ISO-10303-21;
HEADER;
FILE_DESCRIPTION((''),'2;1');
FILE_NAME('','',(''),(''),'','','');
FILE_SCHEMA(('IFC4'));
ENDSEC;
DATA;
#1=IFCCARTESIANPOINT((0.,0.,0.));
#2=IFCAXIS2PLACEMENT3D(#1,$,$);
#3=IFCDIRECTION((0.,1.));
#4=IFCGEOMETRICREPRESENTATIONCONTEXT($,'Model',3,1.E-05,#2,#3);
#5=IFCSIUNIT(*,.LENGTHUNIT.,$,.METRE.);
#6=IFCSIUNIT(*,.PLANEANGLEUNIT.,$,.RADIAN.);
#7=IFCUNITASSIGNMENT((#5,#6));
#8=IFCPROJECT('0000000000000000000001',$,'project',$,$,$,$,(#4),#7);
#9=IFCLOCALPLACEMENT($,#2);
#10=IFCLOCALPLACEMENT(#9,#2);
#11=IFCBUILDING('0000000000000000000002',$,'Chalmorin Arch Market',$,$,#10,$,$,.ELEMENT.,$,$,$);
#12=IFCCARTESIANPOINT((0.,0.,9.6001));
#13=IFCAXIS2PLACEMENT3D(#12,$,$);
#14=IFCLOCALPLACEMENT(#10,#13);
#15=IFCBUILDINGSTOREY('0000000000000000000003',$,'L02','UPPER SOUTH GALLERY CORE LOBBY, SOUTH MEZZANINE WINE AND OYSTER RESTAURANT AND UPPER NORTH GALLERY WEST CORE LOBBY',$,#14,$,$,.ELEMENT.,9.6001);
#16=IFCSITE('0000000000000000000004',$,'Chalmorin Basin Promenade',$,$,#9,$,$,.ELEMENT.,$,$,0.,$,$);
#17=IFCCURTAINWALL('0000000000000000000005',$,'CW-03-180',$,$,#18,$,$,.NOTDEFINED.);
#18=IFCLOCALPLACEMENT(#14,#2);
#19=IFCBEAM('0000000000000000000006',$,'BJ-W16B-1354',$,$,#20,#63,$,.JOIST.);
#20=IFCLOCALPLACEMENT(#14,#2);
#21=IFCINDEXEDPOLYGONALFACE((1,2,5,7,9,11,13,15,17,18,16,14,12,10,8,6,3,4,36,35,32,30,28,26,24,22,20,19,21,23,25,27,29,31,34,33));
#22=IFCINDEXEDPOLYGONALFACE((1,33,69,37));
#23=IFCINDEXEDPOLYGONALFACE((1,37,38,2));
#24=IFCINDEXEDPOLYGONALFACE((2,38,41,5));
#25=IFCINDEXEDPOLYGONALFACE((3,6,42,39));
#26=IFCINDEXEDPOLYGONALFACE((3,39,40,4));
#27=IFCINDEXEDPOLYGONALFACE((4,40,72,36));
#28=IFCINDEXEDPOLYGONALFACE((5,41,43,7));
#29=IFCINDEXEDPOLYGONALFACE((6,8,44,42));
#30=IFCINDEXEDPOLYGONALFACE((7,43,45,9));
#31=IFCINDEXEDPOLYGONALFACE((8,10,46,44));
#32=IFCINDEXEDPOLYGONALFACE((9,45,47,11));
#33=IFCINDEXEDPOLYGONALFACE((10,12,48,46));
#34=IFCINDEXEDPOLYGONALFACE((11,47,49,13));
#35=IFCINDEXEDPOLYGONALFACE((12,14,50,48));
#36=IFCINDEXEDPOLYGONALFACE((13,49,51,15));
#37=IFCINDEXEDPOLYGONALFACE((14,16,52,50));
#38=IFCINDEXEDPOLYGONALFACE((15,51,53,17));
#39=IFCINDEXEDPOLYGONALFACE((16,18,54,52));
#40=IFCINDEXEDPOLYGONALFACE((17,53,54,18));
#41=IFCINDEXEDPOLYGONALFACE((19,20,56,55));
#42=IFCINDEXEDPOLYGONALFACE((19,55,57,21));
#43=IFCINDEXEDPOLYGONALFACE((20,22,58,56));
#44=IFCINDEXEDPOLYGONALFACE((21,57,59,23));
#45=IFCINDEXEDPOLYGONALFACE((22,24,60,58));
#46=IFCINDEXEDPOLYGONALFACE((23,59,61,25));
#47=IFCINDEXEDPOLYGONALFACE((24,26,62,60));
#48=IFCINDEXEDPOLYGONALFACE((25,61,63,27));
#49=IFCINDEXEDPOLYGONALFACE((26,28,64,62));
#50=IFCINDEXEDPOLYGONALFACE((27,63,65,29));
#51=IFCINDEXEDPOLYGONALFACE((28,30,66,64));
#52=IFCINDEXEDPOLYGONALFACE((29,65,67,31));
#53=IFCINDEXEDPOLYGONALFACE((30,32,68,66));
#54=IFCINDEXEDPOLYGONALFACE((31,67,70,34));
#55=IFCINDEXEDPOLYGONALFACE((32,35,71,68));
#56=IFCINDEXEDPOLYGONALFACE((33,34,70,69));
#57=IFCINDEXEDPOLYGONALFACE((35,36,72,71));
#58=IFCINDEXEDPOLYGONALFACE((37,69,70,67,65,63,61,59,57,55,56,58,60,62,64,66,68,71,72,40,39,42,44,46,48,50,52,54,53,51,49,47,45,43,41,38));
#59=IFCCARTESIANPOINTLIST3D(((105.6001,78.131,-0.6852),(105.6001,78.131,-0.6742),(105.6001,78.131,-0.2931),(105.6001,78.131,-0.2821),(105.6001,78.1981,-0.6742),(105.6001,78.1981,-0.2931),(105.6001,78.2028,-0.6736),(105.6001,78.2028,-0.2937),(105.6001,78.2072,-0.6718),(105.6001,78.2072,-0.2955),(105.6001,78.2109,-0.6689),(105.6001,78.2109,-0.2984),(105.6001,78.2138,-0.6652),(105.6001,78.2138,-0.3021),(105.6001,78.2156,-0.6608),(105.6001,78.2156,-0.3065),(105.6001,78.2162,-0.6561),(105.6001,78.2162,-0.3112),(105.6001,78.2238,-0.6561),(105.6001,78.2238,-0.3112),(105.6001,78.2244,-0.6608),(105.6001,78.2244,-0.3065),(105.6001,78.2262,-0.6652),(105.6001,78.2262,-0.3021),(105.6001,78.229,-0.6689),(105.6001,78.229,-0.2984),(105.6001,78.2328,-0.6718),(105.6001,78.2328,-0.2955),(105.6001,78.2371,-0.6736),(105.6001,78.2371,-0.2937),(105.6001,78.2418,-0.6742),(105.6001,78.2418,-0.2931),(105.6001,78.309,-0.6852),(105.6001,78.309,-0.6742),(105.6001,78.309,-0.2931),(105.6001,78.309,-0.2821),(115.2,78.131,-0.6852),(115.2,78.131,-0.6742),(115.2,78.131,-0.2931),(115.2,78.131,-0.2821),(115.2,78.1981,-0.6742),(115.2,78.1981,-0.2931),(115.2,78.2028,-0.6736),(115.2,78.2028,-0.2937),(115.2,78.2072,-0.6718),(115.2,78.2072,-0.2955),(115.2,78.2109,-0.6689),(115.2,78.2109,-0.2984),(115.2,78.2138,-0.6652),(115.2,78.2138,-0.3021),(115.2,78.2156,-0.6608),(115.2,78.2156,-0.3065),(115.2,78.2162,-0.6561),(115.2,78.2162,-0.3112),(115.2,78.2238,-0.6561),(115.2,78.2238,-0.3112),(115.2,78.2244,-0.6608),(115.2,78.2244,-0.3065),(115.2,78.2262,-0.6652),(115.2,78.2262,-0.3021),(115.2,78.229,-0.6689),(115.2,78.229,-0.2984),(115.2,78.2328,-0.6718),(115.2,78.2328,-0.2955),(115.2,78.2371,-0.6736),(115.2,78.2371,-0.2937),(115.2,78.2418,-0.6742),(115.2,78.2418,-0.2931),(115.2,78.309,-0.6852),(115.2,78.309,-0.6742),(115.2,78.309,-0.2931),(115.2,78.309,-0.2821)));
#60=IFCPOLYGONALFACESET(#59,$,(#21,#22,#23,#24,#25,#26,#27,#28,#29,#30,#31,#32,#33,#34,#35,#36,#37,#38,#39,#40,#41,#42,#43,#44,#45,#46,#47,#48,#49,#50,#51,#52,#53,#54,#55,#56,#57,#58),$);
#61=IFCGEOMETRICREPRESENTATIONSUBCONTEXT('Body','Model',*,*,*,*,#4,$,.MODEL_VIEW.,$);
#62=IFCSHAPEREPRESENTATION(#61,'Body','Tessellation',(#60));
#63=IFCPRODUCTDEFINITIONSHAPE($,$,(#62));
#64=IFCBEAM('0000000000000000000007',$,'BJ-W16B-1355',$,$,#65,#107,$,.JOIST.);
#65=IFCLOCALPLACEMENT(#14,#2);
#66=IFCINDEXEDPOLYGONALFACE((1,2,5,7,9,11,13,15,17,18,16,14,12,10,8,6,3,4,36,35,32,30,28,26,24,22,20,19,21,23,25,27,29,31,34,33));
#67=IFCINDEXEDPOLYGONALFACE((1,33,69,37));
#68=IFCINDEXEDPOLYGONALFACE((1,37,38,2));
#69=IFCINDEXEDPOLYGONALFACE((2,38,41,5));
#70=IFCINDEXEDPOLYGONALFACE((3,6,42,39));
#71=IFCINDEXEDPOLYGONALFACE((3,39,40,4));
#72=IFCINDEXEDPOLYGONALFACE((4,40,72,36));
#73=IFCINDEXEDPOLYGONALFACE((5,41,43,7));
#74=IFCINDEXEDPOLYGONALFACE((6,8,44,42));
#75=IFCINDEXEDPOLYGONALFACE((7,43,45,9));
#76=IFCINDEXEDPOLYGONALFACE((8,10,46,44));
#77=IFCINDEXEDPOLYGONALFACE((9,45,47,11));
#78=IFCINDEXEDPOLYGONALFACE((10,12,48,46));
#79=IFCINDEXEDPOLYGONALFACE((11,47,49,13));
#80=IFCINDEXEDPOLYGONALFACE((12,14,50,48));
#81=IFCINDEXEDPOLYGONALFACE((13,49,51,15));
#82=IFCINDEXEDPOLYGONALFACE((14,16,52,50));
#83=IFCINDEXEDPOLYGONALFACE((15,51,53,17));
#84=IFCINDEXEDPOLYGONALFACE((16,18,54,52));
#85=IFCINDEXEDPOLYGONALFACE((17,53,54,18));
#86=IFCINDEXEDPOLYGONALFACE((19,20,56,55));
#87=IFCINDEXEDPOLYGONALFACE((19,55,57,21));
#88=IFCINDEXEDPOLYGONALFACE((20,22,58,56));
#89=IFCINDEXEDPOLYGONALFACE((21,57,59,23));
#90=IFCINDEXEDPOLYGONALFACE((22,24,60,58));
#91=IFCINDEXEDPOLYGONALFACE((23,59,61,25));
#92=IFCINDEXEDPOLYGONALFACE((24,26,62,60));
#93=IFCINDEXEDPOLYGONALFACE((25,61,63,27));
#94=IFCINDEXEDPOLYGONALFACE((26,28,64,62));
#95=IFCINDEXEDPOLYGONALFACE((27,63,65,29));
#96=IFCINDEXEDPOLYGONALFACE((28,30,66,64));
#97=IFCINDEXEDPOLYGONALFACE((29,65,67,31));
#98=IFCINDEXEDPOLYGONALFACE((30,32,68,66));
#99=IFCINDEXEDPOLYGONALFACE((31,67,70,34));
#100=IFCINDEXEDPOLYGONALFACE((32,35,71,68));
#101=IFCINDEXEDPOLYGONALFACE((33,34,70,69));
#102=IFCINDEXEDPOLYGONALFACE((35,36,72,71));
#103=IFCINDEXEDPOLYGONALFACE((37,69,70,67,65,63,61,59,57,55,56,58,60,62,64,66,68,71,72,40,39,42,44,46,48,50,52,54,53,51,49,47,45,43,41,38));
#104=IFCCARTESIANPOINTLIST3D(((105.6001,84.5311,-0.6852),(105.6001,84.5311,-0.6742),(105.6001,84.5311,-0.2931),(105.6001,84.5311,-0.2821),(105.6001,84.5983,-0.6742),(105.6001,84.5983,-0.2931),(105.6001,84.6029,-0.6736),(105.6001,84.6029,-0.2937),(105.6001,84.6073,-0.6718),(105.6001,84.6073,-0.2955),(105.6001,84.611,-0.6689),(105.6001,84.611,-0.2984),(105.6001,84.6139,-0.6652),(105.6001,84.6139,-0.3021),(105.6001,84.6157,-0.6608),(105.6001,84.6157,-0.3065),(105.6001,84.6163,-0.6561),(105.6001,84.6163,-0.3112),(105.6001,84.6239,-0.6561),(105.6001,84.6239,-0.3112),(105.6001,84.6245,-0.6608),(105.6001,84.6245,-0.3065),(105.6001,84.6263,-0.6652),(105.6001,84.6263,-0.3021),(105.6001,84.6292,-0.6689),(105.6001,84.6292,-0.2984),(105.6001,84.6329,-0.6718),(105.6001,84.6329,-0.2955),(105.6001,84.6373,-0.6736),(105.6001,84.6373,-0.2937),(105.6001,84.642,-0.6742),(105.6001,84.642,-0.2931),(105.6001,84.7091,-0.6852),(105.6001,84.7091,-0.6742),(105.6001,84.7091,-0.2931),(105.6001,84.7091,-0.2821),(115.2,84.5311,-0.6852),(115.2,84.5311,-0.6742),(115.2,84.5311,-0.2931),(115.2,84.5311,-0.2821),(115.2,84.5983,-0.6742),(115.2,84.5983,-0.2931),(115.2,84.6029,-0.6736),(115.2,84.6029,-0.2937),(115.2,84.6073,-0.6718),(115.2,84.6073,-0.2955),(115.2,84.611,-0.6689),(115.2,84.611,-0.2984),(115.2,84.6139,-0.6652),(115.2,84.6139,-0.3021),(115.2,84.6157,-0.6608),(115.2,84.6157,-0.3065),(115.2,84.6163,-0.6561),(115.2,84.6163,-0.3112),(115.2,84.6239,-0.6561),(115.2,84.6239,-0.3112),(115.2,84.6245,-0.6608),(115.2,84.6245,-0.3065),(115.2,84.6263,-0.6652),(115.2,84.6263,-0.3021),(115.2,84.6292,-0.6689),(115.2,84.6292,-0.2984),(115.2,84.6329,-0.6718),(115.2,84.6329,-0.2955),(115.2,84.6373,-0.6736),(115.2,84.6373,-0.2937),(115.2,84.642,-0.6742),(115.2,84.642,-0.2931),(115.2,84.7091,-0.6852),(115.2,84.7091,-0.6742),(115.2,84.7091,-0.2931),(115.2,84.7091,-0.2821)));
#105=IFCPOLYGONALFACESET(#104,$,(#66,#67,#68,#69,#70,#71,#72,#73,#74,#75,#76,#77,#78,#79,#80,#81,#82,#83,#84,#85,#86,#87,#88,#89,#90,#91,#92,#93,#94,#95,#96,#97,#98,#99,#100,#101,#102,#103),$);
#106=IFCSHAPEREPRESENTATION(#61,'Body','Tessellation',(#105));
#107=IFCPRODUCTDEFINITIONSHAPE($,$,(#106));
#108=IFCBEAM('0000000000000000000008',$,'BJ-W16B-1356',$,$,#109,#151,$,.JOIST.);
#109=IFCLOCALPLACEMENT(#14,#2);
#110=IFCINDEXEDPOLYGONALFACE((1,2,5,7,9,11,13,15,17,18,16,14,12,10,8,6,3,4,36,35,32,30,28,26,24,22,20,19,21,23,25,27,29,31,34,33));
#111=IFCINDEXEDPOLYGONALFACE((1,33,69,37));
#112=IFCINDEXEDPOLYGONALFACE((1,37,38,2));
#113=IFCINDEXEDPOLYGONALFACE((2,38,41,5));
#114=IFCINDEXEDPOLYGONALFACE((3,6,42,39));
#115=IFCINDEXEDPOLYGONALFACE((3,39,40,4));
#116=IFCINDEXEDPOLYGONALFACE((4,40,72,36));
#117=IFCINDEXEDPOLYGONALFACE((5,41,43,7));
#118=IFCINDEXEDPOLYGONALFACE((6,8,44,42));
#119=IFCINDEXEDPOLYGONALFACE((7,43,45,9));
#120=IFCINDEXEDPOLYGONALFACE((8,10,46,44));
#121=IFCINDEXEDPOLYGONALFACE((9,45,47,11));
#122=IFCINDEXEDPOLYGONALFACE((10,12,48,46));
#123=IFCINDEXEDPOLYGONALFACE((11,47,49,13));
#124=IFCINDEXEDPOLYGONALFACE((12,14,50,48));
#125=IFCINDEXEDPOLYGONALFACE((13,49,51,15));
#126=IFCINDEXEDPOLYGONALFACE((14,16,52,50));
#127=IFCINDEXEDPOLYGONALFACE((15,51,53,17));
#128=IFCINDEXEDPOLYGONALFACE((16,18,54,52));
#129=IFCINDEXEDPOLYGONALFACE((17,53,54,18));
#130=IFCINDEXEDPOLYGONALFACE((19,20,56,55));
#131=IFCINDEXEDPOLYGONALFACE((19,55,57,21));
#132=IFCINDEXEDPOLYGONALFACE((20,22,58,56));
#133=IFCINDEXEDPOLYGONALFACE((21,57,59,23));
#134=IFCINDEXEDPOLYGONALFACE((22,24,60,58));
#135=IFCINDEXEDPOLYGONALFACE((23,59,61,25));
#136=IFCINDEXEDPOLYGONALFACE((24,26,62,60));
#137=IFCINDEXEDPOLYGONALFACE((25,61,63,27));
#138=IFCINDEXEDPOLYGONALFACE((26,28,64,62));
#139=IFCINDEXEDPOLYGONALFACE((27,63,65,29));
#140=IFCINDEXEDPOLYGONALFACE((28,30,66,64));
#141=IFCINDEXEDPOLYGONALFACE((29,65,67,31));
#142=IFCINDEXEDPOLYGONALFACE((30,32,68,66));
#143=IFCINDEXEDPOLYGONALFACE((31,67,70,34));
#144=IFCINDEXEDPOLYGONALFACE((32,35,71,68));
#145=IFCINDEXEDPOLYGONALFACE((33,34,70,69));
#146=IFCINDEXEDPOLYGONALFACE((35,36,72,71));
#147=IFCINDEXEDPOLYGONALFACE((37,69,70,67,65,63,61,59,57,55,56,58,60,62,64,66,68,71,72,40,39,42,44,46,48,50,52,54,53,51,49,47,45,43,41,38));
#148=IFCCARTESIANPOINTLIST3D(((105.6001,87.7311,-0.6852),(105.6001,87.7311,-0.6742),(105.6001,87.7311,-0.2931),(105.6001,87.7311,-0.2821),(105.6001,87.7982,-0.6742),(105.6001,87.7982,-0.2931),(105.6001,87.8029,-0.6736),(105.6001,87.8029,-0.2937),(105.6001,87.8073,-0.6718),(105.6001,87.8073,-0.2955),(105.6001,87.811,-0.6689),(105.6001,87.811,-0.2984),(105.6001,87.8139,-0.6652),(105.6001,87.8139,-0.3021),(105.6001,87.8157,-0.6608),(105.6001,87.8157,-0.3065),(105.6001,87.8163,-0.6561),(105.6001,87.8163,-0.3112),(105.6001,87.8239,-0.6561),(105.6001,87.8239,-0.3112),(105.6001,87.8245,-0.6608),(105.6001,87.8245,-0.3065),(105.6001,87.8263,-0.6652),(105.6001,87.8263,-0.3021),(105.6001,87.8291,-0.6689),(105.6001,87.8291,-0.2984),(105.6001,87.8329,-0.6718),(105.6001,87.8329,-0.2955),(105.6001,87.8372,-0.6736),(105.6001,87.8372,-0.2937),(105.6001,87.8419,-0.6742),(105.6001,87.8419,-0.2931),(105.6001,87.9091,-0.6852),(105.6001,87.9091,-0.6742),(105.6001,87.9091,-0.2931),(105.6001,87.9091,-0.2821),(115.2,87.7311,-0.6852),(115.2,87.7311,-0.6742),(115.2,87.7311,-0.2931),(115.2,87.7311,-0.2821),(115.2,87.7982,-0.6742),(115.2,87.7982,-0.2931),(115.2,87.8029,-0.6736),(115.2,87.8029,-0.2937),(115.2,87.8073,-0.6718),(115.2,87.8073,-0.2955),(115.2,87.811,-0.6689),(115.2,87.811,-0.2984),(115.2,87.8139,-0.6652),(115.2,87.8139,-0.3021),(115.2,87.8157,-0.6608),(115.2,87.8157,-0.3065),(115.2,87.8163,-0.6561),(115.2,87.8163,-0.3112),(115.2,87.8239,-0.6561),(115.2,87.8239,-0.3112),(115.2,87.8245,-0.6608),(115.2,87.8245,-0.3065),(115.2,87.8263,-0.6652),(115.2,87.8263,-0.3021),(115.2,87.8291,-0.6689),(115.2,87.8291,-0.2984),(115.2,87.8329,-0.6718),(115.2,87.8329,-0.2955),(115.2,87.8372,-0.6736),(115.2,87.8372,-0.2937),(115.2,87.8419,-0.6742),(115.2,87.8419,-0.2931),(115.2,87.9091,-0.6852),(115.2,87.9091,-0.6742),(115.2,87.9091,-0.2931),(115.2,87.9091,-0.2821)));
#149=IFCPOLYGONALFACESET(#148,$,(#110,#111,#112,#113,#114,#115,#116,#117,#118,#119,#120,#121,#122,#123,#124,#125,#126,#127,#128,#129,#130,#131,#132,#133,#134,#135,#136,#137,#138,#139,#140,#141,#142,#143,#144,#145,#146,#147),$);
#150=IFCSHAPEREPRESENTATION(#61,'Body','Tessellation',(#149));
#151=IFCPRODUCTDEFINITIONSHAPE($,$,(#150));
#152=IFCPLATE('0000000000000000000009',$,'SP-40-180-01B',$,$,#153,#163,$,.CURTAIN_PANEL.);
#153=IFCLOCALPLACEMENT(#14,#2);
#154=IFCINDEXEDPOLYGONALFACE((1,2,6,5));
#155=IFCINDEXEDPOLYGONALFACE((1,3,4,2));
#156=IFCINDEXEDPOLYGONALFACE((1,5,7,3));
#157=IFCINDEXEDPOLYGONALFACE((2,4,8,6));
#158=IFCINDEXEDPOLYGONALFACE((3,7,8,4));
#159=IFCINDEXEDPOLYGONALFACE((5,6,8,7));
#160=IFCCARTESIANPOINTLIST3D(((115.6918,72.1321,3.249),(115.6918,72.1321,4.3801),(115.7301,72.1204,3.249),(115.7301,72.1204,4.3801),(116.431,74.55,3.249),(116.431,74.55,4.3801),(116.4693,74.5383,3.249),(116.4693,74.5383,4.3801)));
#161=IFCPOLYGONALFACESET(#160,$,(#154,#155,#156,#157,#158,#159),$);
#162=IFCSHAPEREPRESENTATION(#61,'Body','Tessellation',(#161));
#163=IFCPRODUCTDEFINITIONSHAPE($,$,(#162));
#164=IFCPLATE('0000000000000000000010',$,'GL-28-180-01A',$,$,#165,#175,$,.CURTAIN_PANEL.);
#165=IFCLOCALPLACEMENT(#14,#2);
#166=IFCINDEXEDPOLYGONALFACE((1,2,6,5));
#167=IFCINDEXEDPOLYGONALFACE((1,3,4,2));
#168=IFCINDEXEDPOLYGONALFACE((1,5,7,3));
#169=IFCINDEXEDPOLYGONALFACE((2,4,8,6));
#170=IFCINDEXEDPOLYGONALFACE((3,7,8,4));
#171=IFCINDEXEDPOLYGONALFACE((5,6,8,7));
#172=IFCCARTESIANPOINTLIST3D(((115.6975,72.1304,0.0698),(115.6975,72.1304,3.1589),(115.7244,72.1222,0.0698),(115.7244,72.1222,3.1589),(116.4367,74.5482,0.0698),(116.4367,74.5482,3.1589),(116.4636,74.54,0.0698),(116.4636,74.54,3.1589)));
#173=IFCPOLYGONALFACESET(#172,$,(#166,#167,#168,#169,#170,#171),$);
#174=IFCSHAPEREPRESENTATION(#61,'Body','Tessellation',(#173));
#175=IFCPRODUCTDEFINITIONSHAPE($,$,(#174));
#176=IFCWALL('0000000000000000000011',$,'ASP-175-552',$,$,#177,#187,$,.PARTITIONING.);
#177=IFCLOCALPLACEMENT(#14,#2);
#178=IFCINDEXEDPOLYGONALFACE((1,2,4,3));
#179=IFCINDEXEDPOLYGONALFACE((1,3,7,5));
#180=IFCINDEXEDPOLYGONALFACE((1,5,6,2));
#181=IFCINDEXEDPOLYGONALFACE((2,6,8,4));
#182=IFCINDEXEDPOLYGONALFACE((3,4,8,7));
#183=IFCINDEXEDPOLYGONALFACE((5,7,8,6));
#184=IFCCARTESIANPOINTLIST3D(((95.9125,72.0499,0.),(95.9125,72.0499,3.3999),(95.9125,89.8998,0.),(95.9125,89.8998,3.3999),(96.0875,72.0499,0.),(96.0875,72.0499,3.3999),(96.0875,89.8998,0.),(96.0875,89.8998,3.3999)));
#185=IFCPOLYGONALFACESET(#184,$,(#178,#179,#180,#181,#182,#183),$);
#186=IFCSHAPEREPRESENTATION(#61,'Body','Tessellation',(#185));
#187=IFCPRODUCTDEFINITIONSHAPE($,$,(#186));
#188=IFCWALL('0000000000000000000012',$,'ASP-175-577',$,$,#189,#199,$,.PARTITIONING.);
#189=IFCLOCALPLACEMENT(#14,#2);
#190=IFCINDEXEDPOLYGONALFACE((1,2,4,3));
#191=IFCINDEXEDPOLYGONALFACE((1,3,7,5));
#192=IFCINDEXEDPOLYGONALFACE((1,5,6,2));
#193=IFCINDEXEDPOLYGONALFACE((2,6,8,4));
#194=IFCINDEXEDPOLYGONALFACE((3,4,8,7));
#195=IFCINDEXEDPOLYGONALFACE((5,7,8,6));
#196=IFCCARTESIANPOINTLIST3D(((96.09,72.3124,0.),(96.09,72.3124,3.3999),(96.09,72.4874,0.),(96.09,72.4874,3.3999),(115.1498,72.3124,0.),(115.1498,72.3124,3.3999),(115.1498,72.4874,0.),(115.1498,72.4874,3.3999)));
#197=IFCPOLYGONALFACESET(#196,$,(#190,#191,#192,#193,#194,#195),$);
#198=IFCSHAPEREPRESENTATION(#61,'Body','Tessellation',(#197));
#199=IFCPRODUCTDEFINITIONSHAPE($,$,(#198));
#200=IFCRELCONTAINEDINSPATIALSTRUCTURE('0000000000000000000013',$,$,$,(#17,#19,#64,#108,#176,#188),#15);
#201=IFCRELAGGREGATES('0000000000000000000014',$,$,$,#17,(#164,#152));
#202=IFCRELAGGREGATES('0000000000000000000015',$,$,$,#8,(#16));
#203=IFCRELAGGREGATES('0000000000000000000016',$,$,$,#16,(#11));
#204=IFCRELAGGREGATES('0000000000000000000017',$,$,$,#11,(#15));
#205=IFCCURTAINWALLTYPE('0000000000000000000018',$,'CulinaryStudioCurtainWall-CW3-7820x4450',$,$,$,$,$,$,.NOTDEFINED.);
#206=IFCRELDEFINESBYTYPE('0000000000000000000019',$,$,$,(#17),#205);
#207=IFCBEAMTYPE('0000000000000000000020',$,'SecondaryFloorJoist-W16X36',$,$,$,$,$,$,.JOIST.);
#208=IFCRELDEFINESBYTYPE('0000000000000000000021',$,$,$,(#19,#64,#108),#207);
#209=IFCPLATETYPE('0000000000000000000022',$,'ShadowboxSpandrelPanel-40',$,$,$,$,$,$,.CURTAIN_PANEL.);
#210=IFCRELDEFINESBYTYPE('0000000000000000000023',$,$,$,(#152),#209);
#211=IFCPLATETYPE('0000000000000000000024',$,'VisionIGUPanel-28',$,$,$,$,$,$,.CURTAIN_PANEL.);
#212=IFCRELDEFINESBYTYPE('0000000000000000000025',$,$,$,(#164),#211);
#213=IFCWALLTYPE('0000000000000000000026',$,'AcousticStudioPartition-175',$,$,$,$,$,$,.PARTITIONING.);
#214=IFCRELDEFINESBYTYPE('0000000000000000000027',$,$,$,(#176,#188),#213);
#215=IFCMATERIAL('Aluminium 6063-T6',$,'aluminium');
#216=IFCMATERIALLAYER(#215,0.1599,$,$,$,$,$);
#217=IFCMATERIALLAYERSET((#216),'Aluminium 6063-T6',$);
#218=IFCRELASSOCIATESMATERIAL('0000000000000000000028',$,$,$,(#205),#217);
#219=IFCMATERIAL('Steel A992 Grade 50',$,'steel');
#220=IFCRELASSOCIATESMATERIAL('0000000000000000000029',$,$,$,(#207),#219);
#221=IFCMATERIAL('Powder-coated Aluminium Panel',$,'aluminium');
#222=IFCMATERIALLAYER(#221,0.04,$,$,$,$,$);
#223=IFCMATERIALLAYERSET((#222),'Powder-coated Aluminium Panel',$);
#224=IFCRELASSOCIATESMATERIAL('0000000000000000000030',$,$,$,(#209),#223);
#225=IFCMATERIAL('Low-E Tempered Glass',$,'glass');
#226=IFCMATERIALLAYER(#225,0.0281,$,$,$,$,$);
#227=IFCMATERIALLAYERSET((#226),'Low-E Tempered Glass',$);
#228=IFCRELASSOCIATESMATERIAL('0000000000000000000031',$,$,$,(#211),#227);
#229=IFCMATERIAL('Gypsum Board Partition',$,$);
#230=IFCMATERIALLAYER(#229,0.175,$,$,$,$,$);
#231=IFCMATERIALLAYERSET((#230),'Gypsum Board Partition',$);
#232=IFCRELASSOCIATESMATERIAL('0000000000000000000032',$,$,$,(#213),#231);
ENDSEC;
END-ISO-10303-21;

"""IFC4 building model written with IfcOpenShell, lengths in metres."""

from ifc_helpers import new_model, si_unit, direction, frame, frame_2d, origin, origin_2d, place, context, subcontext, project, spatial, rectangle, i_section, extrude, material, layer, layer_set, material_profile, profile_set, type_object, element, aggregate, save


model = new_model("IFC4")

# Units and contexts
model_context = context("Model", 3, precision=1e-05, world=origin(), true_north=direction((0.0, 1.0)))
body_context = subcontext(model_context, "Body", "Model", "MODEL_VIEW")
ifc_project = project(units=[si_unit("LENGTHUNIT", "METRE"), si_unit("PLANEANGLEUNIT", "RADIAN")], contexts=[model_context])

# Site, building, storey
site_placement = place(None, origin())
site = spatial("IfcSite", under=ifc_project, at=site_placement, Name="Chalmorin Basin Promenade", CompositionType="ELEMENT", RefElevation=0.0)
building_placement = place(site_placement, origin())
building = spatial("IfcBuilding", under=site, at=building_placement, Name="Chalmorin Arch Market", CompositionType="ELEMENT")
storey_placement = place(building_placement, frame((0.0, 0.0, 9.6001)))
storey = spatial("IfcBuildingStorey", under=building, at=storey_placement, Name="L02", Description="UPPER SOUTH GALLERY CORE LOBBY, SOUTH MEZZANINE WINE AND OYSTER RESTAURANT AND UPPER NORTH GALLERY WEST CORE LOBBY", CompositionType="ELEMENT", Elevation=9.6001)

# Curtain wall
ifc_material_1 = material(Name="Aluminium 6063-T6", Category="aluminium")
ifc_layer_1 = layer(ifc_material_1, 0.1599)
ifc_layer_set_1 = layer_set([ifc_layer_1], Name="Aluminium 6063-T6")
curtain_wall_type = type_object("IfcCurtainWallType", Name="CulinaryStudioCurtainWall-CW3-7820x4450", PredefinedType="NOTDEFINED", material=ifc_layer_set_1)
curtain_wall_placement = place(storey_placement, origin())
curtain_wall = element("IfcCurtainWall", 1, at=curtain_wall_placement, inside=storey, type_object=curtain_wall_type, Name="CW-03-180", PredefinedType="NOTDEFINED")

# Beams
ifc_material_2 = material(Name="Steel A992 Grade 50", Category="steel")
ifc_material_profile_1 = material_profile(ifc_material_2, i_section(OverallWidth=0.178, OverallDepth=0.4031, WebThickness=0.0076, FlangeThickness=0.011, FilletRadius=0.0181, at=origin_2d()), Name="W16X36")
ifc_profile_set_1 = profile_set([ifc_material_profile_1], Name="Steel A992 Grade 50")
beam_type_1 = type_object("IfcBeamType", Name="SecondaryFloorJoist-W16X36", PredefinedType="JOIST", material=ifc_profile_set_1)
for number, where, z_axis, x_axis, name in (
    (2, (105.6001, 78.22, -0.4836), (1.0, 0.0, 0.0), (0.0, 1.0, 0.0), "BJ-W16B-1354"),
    (3, (105.6001, 84.6201, -0.4836), (1.0, 0.0, 0.0), (0.0, 1.0, 0.0), "BJ-W16B-1355"),
    (4, (105.6001, 87.8201, -0.4836), (1.0, 0.0, 0.0), (0.0, 1.0, 0.0), "BJ-W16B-1356"),
):
    element("IfcBeam", number, at=place(storey_placement, frame(where, z_axis=z_axis, x_axis=x_axis)), inside=storey, type_object=beam_type_1, Name=name, PredefinedType="JOIST", context=body_context, shape_type="SweptSolid", body=[
        extrude(i_section(OverallWidth=0.178, OverallDepth=0.4031, WebThickness=0.0076, FlangeThickness=0.011, FilletRadius=0.0181, at=origin_2d()), origin(), (0.0, 0.0, 1.0), 9.5999),
    ])

# Plates
ifc_material_3 = material(Name="Powder-coated Aluminium Panel", Category="aluminium")
ifc_layer_2 = layer(ifc_material_3, 0.04)
ifc_layer_set_2 = layer_set([ifc_layer_2], Name="Powder-coated Aluminium Panel")
plate_type_1 = type_object("IfcPlateType", Name="ShadowboxSpandrelPanel-40", PredefinedType="CURTAIN_PANEL", material=ifc_layer_set_2)
plate_1_placement = place(storey_placement, frame((116.0806, 73.3352, 3.249), z_axis=(0.0, 0.0, 1.0), x_axis=(0.292372, 0.956305, 0.0)))
plate_1 = element("IfcPlate", 5, at=plate_1_placement, type_object=plate_type_1, Name="SP-40-180-01B", PredefinedType="CURTAIN_PANEL", context=body_context, shape_type="SweptSolid", body=[
    extrude(rectangle(XDim=2.5283, YDim=0.04, at=origin_2d()), origin(), (0.0, 0.0, 1.0), 1.1311),
])
ifc_material_4 = material(Name="Low-E Tempered Glass", Category="glass")
ifc_layer_3 = layer(ifc_material_4, 0.0281)
ifc_layer_set_3 = layer_set([ifc_layer_3], Name="Low-E Tempered Glass")
plate_type_2 = type_object("IfcPlateType", Name="VisionIGUPanel-28", PredefinedType="CURTAIN_PANEL", material=ifc_layer_set_3)
plate_2_placement = place(storey_placement, frame((116.0806, 73.3352, 0.0698), z_axis=(0.0, 0.0, 1.0), x_axis=(0.292372, 0.956305, 0.0)))
plate_2 = element("IfcPlate", 6, at=plate_2_placement, type_object=plate_type_2, Name="GL-28-180-01A", PredefinedType="CURTAIN_PANEL", context=body_context, shape_type="SweptSolid", body=[
    extrude(rectangle(XDim=2.5283, YDim=0.0281, at=origin_2d()), origin(), (0.0, 0.0, 1.0), 3.0891),
])
aggregate(curtain_wall, [plate_2, plate_1])

# Walls
ifc_material_5 = material(Name="Gypsum Board Partition")
ifc_layer_4 = layer(ifc_material_5, 0.175)
ifc_layer_set_4 = layer_set([ifc_layer_4], Name="Gypsum Board Partition")
wall_type = type_object("IfcWallType", Name="AcousticStudioPartition-175", PredefinedType="PARTITIONING", material=ifc_layer_set_4)
wall_1_placement = place(storey_placement, frame((96.0, 72.05, 0.0), z_axis=(0.0, 0.0, 1.0), x_axis=(0.0, 1.0, 0.0)))
element("IfcWall", 7, at=wall_1_placement, inside=storey, type_object=wall_type, Name="ASP-175-552", PredefinedType="PARTITIONING", context=body_context, shape_type="SweptSolid", body=[
    extrude(rectangle(XDim=17.8499, YDim=0.175, at=frame_2d((8.9248, 0.0))), origin(), (0.0, 0.0, 1.0), 3.3999),
])
wall_2_placement = place(storey_placement, frame((96.0901, 72.3999, 0.0), z_axis=(0.0, 0.0, 1.0), x_axis=(1.0, 0.0, 0.0)))
element("IfcWall", 8, at=wall_2_placement, inside=storey, type_object=wall_type, Name="ASP-175-577", PredefinedType="PARTITIONING", context=body_context, shape_type="SweptSolid", body=[
    extrude(rectangle(XDim=19.0598, YDim=0.175, at=frame_2d((9.5298, 0.0))), origin(), (0.0, 0.0, 1.0), 3.3999),
])

save(model, "model.ifc")
